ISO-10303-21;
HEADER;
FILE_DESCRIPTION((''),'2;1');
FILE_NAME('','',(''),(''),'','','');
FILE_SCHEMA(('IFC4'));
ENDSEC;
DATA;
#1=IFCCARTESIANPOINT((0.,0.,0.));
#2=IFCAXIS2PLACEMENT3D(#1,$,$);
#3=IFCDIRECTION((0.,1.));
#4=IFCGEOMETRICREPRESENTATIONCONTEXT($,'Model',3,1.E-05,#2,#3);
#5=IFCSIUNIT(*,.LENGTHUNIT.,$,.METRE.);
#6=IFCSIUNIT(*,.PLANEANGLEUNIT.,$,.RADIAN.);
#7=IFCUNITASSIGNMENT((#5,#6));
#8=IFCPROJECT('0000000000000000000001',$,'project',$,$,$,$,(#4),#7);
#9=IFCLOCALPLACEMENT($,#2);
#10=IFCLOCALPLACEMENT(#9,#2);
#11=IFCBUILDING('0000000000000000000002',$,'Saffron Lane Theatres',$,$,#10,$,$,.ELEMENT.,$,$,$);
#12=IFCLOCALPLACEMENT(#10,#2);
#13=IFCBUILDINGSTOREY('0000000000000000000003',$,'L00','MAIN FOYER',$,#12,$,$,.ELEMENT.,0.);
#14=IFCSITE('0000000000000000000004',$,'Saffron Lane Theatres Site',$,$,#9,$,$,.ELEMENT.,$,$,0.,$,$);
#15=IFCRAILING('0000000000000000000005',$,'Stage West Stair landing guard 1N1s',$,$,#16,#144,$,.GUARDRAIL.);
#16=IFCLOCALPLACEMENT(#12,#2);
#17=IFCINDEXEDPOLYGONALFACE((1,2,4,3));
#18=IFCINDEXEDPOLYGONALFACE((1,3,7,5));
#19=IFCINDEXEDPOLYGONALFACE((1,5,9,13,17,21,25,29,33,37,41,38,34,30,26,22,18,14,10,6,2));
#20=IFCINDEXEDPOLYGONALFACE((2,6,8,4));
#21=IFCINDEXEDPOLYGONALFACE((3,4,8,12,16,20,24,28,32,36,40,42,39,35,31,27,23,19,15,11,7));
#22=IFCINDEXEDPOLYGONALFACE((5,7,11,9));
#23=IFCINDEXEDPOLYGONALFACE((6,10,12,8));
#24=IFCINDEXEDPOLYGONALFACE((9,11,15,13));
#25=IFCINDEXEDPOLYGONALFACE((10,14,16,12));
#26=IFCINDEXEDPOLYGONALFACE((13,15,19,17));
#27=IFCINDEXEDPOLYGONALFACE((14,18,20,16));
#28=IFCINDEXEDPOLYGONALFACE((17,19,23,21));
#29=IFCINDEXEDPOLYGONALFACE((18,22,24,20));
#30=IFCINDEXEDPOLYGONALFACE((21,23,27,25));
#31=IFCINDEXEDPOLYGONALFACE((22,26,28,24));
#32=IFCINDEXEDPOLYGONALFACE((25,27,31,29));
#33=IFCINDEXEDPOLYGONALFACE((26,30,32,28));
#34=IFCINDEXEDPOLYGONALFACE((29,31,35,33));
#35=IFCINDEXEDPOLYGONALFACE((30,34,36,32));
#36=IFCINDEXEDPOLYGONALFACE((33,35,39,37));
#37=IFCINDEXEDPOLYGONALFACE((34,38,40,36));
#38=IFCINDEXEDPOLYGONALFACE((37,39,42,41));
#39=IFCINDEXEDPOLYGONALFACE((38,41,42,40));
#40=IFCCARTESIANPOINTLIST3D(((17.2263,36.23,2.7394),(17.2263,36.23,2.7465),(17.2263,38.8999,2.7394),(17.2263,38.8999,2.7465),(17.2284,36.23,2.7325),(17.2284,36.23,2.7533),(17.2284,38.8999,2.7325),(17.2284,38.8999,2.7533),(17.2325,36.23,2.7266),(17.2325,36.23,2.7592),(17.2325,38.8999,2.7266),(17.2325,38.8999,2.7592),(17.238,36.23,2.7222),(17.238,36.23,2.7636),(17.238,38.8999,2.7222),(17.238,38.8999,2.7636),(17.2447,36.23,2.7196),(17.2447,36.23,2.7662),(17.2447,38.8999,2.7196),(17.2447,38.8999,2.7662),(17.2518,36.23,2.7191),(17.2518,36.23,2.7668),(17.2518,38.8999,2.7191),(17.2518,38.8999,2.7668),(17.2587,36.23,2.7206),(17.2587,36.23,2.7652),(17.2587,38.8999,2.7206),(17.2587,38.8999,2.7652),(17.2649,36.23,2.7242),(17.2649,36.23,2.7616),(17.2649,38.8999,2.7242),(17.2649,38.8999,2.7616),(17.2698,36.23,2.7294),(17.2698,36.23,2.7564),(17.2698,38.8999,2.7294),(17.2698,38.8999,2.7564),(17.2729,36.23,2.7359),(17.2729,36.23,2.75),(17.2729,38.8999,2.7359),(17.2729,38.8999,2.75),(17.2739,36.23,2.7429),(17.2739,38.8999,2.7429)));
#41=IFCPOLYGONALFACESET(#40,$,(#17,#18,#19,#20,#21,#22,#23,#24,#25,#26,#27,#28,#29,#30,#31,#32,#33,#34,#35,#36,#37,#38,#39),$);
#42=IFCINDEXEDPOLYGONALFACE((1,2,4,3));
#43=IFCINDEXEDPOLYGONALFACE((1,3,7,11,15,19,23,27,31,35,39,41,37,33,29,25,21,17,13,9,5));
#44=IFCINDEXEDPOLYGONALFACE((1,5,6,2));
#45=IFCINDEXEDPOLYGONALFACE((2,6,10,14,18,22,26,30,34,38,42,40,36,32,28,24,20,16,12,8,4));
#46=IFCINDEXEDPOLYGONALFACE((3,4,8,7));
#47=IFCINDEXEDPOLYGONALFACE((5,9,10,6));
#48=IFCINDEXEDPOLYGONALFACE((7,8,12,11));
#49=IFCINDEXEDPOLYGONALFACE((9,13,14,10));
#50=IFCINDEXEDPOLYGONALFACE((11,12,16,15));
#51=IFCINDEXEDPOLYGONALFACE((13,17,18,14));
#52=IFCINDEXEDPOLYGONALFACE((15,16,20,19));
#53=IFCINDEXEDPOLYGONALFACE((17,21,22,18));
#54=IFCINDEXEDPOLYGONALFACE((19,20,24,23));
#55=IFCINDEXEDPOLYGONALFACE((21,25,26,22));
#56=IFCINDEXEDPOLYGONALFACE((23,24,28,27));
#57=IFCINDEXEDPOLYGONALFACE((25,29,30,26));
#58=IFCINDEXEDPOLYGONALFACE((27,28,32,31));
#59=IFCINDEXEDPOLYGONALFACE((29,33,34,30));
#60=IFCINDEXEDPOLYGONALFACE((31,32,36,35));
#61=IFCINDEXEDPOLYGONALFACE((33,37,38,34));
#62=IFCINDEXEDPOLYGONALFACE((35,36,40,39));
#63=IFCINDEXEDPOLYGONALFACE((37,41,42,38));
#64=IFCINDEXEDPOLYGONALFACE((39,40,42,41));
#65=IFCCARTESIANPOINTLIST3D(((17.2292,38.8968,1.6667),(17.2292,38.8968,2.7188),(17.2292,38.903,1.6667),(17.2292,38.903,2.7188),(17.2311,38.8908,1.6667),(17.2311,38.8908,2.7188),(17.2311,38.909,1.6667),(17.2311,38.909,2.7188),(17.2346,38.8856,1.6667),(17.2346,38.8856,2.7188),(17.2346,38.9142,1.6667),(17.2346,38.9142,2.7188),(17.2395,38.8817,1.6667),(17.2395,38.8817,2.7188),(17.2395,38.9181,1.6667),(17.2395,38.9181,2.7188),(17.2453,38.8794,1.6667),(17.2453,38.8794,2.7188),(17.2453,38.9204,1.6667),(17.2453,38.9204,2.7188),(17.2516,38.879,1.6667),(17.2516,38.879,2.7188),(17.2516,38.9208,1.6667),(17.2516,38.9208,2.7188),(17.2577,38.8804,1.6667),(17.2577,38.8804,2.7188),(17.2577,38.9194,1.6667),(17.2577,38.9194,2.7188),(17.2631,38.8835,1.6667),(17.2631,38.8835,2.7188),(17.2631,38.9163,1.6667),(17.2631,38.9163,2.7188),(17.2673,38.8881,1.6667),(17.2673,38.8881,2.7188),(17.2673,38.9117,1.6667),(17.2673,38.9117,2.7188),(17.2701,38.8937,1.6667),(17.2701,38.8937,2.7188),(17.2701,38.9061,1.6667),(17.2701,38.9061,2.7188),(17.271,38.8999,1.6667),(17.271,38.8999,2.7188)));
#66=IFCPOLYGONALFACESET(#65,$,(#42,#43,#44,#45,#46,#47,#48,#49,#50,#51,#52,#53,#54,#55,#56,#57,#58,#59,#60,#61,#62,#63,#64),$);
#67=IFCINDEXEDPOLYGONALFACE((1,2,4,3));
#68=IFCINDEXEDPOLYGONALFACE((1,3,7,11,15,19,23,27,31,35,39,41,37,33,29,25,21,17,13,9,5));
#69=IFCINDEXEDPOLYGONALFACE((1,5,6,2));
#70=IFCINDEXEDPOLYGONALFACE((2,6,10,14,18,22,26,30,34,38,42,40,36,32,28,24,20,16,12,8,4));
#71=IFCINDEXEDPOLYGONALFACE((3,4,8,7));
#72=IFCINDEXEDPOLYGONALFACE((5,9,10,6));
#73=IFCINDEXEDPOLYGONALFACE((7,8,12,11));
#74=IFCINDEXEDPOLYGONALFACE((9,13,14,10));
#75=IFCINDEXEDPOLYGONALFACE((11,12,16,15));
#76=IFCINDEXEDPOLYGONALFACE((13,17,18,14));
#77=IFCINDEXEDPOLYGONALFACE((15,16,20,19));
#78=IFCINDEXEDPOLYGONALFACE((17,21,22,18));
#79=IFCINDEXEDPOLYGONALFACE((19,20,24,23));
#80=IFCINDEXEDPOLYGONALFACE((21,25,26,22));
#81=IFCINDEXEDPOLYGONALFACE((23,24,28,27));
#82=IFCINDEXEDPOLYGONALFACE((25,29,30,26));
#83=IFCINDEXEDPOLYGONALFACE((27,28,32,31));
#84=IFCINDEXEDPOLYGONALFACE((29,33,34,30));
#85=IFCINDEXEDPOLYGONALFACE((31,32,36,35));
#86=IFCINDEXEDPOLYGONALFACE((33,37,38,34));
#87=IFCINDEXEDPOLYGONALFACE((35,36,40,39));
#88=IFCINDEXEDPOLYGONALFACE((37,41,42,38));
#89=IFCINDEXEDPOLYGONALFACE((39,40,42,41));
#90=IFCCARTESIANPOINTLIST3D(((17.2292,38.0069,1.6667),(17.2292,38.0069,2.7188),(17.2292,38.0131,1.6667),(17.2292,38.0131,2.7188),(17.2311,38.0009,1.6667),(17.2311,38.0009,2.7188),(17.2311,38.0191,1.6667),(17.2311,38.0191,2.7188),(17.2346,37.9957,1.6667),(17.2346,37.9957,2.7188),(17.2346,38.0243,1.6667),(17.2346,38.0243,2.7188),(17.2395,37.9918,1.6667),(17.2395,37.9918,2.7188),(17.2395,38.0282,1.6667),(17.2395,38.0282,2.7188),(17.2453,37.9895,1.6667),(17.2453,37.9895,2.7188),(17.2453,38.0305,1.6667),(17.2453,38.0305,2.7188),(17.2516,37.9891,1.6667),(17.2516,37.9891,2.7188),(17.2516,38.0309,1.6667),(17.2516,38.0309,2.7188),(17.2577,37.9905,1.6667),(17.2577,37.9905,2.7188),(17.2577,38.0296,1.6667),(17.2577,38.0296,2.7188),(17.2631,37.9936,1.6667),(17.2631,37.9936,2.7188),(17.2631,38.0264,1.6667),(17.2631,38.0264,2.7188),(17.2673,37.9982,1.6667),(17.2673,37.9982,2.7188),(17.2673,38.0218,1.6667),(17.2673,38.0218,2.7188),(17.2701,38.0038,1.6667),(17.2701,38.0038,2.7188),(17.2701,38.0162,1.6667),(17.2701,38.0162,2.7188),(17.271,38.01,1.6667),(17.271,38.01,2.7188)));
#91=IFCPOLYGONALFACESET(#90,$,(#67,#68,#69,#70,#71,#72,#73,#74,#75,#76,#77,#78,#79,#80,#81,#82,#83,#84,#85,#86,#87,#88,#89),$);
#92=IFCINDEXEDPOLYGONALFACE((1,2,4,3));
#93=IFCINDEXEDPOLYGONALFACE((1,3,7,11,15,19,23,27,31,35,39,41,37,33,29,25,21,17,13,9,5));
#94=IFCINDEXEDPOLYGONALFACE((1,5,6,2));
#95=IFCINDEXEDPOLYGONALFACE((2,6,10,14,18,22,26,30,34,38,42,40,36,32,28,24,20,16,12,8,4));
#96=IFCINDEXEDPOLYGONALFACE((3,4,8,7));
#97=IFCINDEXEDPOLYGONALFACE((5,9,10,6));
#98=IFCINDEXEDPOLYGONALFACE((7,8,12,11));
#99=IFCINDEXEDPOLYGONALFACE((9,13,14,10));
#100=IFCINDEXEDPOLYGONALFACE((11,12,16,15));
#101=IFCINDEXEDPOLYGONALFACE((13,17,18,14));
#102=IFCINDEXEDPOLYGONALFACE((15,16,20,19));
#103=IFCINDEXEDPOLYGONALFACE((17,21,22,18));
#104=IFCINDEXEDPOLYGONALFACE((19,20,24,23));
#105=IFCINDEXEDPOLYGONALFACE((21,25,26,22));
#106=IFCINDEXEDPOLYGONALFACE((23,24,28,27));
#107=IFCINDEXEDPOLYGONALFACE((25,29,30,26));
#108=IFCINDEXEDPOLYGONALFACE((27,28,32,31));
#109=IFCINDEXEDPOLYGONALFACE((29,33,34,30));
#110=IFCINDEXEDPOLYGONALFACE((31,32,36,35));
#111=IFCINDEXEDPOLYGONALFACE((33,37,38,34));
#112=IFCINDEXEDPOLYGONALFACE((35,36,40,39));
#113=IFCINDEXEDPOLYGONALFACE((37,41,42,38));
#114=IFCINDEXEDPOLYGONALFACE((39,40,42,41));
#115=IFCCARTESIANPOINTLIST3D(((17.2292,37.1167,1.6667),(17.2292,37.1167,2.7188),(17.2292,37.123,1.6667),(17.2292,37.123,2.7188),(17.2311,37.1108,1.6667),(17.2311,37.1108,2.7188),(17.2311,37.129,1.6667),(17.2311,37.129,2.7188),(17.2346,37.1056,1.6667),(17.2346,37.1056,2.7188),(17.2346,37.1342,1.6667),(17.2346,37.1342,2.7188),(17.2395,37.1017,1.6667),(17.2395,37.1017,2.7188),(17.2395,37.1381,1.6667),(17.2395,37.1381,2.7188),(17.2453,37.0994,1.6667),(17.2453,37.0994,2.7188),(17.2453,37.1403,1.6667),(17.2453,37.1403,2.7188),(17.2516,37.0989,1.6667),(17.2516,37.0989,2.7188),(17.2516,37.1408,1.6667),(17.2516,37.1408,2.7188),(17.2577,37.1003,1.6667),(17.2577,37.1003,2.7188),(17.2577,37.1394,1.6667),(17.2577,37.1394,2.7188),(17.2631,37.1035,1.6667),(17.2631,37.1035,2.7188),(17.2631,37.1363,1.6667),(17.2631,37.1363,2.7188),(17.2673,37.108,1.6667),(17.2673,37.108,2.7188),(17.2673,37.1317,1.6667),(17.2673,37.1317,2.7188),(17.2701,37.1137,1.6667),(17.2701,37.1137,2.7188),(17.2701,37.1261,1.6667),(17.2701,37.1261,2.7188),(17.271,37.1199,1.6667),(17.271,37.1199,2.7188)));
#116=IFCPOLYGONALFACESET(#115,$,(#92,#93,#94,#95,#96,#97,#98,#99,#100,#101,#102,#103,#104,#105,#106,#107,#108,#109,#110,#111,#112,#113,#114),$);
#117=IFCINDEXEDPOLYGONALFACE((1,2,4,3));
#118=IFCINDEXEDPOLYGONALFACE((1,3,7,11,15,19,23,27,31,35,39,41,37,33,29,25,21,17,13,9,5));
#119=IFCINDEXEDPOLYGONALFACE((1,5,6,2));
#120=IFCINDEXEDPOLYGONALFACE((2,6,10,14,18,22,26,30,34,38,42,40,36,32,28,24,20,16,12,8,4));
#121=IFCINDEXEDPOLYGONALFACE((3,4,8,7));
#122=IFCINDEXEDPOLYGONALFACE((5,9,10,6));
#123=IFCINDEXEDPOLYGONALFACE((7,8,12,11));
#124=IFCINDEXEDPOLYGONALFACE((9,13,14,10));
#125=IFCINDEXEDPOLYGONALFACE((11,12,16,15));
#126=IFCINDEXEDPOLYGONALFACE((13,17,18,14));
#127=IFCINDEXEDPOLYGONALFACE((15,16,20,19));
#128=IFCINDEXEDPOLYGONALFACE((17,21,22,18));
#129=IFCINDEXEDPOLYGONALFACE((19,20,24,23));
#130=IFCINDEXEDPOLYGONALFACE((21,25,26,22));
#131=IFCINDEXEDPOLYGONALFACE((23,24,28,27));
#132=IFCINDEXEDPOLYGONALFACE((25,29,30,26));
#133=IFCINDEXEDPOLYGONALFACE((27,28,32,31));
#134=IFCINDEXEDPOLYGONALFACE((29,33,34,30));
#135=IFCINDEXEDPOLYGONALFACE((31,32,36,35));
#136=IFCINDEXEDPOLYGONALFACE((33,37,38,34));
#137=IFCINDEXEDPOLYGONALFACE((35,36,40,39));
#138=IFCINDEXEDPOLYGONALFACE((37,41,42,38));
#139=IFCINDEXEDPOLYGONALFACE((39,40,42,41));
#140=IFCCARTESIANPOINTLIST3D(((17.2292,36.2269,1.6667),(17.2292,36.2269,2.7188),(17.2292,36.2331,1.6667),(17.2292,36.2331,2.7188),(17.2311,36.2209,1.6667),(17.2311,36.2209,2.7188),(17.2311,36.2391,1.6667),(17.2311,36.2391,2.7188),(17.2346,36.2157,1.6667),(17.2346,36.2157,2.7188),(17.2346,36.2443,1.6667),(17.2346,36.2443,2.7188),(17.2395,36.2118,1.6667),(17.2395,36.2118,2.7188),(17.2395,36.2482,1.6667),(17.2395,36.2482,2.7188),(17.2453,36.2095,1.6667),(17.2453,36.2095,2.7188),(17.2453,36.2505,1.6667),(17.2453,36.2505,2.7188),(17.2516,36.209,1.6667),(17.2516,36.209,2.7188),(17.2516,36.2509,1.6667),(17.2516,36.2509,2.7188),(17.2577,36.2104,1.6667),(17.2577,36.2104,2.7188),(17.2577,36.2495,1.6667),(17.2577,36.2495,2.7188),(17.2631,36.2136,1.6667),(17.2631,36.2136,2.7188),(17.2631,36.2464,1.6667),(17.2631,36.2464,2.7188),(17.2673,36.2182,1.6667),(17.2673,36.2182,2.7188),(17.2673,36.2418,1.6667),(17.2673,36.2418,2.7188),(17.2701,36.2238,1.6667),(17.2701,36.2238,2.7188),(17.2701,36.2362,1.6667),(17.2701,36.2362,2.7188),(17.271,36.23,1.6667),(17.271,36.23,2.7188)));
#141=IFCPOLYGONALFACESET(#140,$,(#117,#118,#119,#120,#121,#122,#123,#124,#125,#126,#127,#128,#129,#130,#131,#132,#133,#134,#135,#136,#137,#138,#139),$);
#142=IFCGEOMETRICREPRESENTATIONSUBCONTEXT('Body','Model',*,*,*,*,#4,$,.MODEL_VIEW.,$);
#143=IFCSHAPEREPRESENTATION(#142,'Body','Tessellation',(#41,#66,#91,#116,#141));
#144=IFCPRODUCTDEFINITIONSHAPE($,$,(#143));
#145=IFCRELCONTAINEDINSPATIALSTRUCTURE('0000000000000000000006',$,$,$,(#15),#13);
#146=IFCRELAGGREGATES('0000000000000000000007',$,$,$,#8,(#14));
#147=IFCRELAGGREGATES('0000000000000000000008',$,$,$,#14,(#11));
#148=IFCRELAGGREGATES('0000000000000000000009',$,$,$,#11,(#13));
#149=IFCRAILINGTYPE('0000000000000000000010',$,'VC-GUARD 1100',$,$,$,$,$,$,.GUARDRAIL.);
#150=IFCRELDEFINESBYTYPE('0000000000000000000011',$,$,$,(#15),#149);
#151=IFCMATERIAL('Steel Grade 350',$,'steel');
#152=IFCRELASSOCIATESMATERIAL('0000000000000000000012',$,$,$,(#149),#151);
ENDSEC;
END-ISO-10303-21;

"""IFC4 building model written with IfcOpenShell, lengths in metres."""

from ifc_helpers import new_model, si_unit, direction, frame, origin, origin_2d, place, context, subcontext, project, spatial, circle, extrude, material, type_object, element, save


model = new_model("IFC4")

# Units and contexts
model_context = context("Model", 3, precision=1e-05, world=origin(), true_north=direction((0.0, 1.0)))
body_context = subcontext(model_context, "Body", "Model", "MODEL_VIEW")
ifc_project = project(units=[si_unit("LENGTHUNIT", "METRE"), si_unit("PLANEANGLEUNIT", "RADIAN")], contexts=[model_context])

# Site, building, storey
site_placement = place(None, origin())
site = spatial("IfcSite", under=ifc_project, at=site_placement, Name="Saffron Lane Theatres Site", CompositionType="ELEMENT", RefElevation=0.0)
building_placement = place(site_placement, origin())
building = spatial("IfcBuilding", under=site, at=building_placement, Name="Saffron Lane Theatres", CompositionType="ELEMENT")
storey_placement = place(building_placement, origin())
storey = spatial("IfcBuildingStorey", under=building, at=storey_placement, Name="L00", Description="MAIN FOYER", CompositionType="ELEMENT", Elevation=0.0)

# Railing
ifc_material_1 = material(Name="Steel Grade 350", Category="steel")
railing_type_1 = type_object("IfcRailingType", Name="VC-GUARD 1100", PredefinedType="GUARDRAIL", material=ifc_material_1)
railing_1_placement = place(storey_placement, frame((17.25, 38.8999, 1.6667)))
element("IfcRailing", 1, at=railing_1_placement, inside=storey, type_object=railing_type_1, Name="Stage West Stair landing guard 1N1s", PredefinedType="GUARDRAIL", context=body_context, shape_type="SweptSolid", body=[
    extrude(circle(Radius=0.0239, at=origin_2d()), frame((0.0, 0.0, 1.0762), z_axis=(0.0, -1.0, 0.0), x_axis=(1.0, 0.0, 0.0)), (0.0, 0.0, 1.0), 2.6699),
    extrude(circle(Radius=0.021, at=origin_2d()), origin(), (0.0, 0.0, 1.0), 1.052),
    extrude(circle(Radius=0.021, at=origin_2d()), frame((0.0, -0.8899, 0.0)), (0.0, 0.0, 1.0), 1.052),
    extrude(circle(Radius=0.021, at=origin_2d()), frame((0.0, -1.78, 0.0)), (0.0, 0.0, 1.0), 1.052),
    extrude(circle(Radius=0.021, at=origin_2d()), frame((0.0, -2.6699, 0.0)), (0.0, 0.0, 1.0), 1.052),
])

save(model, "model.ifc")
